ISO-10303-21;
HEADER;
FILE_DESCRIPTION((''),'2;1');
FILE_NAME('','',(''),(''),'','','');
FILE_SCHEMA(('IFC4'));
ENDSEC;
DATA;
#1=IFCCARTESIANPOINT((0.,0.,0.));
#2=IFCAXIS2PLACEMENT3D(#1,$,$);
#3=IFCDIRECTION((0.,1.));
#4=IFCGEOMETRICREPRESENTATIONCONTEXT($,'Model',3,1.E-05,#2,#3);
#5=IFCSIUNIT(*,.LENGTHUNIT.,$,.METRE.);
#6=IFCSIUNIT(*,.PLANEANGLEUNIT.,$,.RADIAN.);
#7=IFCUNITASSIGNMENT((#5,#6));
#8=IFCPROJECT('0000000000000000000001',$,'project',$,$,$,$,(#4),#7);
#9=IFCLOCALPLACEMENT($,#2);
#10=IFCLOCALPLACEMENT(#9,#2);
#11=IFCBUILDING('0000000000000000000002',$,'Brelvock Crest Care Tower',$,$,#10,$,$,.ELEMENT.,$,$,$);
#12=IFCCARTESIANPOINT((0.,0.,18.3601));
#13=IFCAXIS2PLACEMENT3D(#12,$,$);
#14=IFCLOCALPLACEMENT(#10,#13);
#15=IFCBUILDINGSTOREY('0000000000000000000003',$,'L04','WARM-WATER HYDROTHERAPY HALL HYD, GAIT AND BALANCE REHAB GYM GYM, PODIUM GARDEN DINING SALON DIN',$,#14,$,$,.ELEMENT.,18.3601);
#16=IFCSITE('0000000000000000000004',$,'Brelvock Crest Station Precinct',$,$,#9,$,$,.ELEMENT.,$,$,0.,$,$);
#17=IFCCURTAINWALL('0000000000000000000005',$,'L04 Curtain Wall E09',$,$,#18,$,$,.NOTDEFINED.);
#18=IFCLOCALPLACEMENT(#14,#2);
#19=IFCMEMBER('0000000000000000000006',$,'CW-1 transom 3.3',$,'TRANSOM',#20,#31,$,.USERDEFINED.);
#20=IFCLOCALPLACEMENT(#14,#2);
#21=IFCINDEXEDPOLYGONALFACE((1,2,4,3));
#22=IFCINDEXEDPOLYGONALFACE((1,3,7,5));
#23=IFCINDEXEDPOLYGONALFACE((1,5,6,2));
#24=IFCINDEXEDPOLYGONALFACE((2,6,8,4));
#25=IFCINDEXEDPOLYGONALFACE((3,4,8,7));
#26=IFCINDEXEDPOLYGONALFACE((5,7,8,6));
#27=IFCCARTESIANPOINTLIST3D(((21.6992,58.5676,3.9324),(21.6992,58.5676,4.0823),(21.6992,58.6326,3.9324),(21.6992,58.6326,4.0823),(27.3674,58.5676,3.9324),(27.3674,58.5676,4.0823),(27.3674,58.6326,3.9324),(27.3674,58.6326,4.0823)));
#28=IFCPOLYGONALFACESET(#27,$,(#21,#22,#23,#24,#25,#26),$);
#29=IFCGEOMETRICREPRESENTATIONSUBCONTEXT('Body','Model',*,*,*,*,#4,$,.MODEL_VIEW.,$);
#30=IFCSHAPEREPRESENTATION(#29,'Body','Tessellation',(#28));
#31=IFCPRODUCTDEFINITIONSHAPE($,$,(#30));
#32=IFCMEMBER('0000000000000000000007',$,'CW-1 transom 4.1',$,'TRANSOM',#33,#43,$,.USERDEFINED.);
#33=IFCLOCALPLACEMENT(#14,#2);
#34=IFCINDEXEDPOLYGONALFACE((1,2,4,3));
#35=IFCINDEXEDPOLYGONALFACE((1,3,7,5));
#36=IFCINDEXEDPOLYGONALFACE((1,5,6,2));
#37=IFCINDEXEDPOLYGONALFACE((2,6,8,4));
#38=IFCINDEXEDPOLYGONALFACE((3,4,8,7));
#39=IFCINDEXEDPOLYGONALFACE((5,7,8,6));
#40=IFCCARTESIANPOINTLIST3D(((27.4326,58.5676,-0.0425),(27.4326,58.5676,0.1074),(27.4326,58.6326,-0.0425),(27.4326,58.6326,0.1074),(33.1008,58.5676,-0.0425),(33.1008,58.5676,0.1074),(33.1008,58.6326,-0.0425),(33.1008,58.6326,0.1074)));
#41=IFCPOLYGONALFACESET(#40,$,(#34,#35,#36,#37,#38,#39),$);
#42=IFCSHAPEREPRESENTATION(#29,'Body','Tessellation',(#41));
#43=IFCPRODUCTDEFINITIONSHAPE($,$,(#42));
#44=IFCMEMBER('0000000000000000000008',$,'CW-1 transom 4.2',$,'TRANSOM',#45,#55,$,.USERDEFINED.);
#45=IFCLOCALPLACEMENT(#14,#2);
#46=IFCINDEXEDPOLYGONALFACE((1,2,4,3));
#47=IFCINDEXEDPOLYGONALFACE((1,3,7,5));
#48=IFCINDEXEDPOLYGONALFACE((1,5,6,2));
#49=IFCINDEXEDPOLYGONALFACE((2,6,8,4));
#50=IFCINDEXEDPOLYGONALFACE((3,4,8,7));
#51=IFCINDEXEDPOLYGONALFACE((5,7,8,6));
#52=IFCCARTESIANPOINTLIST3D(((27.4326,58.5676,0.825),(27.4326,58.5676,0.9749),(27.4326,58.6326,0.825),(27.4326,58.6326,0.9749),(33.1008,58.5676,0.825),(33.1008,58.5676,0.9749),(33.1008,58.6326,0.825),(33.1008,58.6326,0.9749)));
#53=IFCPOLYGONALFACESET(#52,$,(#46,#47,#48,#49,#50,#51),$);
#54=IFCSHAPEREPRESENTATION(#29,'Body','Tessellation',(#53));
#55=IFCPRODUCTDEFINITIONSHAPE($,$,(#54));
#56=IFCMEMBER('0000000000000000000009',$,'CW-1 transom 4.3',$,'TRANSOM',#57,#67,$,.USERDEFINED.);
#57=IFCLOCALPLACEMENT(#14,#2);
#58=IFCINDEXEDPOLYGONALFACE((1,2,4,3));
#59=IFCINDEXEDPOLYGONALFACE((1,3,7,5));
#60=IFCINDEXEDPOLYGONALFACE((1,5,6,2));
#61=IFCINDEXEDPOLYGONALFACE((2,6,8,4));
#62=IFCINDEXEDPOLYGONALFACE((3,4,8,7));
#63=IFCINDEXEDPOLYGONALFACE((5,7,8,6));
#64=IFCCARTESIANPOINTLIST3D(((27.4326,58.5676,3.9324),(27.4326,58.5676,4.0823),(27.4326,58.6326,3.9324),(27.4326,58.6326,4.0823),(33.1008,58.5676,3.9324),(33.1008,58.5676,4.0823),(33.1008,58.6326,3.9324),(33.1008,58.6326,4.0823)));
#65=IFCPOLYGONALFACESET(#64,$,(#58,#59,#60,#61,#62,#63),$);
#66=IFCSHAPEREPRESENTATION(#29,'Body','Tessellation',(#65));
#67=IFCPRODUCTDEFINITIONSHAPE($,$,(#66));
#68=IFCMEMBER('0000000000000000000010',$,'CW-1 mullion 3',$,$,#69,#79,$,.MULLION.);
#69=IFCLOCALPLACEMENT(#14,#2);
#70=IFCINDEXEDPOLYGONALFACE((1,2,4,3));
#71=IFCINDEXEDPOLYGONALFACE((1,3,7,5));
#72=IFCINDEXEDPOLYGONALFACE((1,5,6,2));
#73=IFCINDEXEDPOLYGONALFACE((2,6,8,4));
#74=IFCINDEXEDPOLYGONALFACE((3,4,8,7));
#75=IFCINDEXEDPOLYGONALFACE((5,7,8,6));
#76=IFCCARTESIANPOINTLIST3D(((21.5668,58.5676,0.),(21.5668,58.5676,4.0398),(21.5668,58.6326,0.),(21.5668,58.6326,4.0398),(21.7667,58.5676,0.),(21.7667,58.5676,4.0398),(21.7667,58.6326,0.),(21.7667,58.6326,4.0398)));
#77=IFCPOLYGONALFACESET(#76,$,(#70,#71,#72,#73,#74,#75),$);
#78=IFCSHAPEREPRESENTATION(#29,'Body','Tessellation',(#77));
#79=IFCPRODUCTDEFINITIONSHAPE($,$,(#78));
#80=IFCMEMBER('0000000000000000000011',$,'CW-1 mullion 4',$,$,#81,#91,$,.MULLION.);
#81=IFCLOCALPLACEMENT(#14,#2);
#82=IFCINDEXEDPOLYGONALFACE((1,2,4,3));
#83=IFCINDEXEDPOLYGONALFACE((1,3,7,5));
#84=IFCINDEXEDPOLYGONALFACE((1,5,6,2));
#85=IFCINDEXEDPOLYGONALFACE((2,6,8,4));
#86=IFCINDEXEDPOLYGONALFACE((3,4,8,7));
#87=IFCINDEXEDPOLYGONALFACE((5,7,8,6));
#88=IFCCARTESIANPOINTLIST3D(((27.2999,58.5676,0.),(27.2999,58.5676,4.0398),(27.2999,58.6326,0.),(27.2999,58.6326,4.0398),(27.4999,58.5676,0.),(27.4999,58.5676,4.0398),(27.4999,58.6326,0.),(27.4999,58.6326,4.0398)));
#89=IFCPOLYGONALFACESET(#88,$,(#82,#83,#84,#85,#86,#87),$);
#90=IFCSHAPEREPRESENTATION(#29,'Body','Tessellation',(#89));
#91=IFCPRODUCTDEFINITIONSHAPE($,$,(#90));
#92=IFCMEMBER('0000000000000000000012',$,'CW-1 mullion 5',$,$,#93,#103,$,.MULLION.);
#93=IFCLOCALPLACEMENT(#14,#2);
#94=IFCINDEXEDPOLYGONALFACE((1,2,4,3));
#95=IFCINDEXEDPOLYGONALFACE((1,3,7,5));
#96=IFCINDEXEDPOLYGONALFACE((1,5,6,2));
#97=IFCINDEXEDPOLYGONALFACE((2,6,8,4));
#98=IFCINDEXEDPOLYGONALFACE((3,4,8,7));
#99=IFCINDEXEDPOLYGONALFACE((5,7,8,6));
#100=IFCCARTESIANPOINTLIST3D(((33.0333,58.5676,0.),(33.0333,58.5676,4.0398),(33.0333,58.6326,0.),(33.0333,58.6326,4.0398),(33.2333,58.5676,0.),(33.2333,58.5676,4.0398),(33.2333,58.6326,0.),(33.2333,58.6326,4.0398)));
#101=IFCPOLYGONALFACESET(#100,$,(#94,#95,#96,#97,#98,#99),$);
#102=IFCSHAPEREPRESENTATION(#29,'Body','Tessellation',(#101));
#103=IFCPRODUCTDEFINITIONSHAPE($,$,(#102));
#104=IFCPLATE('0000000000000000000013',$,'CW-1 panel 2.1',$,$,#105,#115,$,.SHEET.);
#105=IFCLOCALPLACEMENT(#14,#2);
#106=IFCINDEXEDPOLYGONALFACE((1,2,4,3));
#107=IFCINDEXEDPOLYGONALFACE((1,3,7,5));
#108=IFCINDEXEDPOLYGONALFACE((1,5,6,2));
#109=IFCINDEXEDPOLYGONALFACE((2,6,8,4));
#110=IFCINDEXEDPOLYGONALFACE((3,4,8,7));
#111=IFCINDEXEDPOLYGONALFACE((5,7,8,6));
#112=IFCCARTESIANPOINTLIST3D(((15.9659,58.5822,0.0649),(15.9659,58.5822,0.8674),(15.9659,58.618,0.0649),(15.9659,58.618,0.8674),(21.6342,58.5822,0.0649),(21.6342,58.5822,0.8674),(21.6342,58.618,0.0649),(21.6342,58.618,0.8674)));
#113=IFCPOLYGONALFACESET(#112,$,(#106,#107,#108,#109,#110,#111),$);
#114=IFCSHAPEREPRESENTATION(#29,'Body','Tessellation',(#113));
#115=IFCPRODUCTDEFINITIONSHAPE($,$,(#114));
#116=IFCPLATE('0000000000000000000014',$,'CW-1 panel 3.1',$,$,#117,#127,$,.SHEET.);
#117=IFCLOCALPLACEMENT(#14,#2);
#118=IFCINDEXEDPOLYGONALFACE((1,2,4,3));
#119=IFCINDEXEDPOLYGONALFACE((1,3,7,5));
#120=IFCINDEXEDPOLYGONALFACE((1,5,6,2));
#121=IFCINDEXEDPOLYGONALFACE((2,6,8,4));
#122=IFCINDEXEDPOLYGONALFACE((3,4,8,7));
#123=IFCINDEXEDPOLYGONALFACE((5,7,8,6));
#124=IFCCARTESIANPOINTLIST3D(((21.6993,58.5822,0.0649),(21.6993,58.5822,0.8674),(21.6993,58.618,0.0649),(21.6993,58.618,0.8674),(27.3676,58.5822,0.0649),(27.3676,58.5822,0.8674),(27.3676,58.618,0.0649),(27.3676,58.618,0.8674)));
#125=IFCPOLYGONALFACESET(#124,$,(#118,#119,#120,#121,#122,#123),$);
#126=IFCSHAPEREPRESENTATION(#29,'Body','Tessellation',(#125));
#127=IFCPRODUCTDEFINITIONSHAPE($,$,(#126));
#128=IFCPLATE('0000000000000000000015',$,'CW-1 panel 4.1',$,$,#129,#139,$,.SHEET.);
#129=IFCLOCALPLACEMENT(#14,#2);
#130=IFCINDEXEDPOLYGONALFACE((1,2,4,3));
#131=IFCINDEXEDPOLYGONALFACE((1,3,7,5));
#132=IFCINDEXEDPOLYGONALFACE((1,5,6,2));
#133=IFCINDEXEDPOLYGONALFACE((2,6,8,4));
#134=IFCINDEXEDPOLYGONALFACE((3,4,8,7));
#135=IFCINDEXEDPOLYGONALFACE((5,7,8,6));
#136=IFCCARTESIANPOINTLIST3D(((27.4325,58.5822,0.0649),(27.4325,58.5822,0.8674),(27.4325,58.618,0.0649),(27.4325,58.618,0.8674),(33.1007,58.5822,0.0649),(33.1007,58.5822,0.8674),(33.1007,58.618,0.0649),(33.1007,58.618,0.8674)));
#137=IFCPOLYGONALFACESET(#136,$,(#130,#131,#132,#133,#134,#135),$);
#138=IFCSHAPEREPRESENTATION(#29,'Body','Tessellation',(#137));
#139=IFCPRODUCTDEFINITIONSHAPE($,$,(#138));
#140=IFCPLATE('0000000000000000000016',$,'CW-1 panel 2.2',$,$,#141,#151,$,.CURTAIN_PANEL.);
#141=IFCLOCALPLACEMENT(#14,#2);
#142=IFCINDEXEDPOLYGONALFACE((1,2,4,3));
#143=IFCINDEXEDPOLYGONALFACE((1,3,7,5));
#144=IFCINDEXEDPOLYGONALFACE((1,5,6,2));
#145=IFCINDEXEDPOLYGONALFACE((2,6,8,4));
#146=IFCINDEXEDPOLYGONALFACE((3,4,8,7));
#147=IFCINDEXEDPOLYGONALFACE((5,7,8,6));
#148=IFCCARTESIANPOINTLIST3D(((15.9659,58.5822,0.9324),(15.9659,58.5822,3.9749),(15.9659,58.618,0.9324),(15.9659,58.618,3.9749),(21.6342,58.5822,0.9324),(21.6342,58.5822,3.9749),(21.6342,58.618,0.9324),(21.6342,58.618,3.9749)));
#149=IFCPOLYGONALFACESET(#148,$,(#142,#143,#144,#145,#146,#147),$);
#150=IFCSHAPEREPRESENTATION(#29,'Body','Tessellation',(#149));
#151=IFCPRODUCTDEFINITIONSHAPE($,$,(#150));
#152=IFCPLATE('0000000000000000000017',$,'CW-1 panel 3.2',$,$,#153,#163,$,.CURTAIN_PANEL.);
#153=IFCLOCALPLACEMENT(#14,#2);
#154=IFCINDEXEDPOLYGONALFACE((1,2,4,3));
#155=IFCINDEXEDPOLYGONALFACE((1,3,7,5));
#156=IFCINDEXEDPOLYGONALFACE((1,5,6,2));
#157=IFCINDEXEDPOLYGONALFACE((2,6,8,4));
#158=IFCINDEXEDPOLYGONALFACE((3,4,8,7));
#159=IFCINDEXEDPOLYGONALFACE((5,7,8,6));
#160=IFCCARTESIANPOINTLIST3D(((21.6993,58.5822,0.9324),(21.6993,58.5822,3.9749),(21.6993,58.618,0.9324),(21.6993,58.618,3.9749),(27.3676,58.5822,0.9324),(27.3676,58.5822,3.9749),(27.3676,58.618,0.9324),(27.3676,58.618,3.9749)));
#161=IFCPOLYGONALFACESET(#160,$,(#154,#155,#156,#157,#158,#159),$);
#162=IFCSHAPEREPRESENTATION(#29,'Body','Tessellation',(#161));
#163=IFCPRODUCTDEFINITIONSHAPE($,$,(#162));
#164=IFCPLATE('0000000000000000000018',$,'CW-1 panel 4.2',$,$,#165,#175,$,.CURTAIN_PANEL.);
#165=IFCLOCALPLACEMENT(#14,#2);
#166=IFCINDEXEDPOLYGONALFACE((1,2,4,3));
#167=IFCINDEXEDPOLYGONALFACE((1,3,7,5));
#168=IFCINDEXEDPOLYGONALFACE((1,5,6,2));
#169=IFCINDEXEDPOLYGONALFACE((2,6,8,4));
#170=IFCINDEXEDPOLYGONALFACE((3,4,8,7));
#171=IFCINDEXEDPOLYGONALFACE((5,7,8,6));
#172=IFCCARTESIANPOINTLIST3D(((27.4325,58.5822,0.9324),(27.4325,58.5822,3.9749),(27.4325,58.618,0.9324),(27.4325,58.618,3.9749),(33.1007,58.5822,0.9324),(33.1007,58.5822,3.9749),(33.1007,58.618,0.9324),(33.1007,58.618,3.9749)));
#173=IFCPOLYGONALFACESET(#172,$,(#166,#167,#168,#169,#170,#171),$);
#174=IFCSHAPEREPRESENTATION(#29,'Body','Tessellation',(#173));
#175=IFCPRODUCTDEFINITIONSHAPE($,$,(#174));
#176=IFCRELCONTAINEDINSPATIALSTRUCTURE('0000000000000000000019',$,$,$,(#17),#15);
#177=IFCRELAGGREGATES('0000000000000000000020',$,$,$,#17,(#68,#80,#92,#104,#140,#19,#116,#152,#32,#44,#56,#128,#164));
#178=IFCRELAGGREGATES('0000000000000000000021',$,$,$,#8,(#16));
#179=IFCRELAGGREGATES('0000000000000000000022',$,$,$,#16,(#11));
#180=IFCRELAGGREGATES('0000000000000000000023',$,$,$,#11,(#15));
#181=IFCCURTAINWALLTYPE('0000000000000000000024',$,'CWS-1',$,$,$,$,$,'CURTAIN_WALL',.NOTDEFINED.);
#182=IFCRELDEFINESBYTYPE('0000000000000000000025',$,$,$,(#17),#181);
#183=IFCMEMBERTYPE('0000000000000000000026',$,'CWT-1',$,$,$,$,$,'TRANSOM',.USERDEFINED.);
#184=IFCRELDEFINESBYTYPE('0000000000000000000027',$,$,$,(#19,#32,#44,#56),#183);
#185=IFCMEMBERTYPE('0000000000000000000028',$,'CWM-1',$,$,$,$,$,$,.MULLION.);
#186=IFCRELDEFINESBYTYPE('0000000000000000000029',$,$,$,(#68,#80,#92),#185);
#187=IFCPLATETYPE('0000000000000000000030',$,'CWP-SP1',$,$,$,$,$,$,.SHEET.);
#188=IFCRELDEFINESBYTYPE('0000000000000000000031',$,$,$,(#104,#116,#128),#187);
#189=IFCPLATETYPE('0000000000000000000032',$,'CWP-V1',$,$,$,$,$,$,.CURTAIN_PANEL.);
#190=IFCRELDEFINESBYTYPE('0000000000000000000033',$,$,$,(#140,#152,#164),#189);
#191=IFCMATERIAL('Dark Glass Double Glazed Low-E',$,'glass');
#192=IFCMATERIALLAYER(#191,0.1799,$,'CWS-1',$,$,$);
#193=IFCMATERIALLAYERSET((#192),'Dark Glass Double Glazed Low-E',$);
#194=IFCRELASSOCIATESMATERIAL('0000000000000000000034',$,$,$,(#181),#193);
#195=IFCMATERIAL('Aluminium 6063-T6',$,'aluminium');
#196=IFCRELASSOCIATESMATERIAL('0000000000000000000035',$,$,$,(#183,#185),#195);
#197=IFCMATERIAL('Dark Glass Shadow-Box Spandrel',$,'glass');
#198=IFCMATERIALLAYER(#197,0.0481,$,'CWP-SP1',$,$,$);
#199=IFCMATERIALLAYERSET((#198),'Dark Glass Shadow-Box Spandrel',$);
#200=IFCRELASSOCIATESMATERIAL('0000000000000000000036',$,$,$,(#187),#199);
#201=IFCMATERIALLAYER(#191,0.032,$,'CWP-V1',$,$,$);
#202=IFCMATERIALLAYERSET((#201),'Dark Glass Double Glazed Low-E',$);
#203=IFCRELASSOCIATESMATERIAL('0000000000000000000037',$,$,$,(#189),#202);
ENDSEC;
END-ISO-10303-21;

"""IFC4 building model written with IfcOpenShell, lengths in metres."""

from ifc_helpers import new_model, si_unit, direction, frame, origin, origin_2d, place, context, subcontext, project, spatial, rectangle, extrude, source, transform, mapped, material, layer, layer_set, material_profile, profile_set, type_object, element, aggregate, save


model = new_model("IFC4")

# Units and contexts
model_context = context("Model", 3, precision=1e-05, world=origin(), true_north=direction((0.0, 1.0)))
body_context = subcontext(model_context, "Body", "Model", "MODEL_VIEW")
ifc_project = project(units=[si_unit("LENGTHUNIT", "METRE"), si_unit("PLANEANGLEUNIT", "RADIAN")], contexts=[model_context])

# Site, building, storey
site_placement = place(None, origin())
site = spatial("IfcSite", under=ifc_project, at=site_placement, Name="Brelvock Crest Station Precinct", CompositionType="ELEMENT", RefElevation=0.0)
building_placement = place(site_placement, origin())
building = spatial("IfcBuilding", under=site, at=building_placement, Name="Brelvock Crest Care Tower", CompositionType="ELEMENT")
storey_placement = place(building_placement, frame((0.0, 0.0, 18.3601)))
storey = spatial("IfcBuildingStorey", under=building, at=storey_placement, Name="L04", Description="WARM-WATER HYDROTHERAPY HALL HYD, GAIT AND BALANCE REHAB GYM GYM, PODIUM GARDEN DINING SALON DIN", CompositionType="ELEMENT", Elevation=18.3601)

# Curtain wall, members, plates
ifc_material_1 = material(Name="Dark Glass Double Glazed Low-E", Category="glass")
ifc_layer_1 = layer(ifc_material_1, 0.1799, Name="CWS-1")
ifc_layer_set_1 = layer_set([ifc_layer_1], Name="Dark Glass Double Glazed Low-E")
curtain_wall_type = type_object("IfcCurtainWallType", Name="CWS-1", ElementType="CURTAIN_WALL", PredefinedType="NOTDEFINED", material=ifc_layer_set_1)
curtain_wall_placement = place(storey_placement, origin())
curtain_wall = element("IfcCurtainWall", 1, at=curtain_wall_placement, inside=storey, type_object=curtain_wall_type, Name="L04 Curtain Wall E09", PredefinedType="NOTDEFINED")
ifc_material_2 = material(Name="Aluminium 6063-T6", Category="aluminium")
ifc_material_profile_1 = material_profile(ifc_material_2, rectangle(XDim=0.0649, YDim=0.1499, at=origin_2d()), Name="ALU65x150")
ifc_profile_set_1 = profile_set([ifc_material_profile_1], Name="Aluminium 6063-T6")
member_type_1 = type_object("IfcMemberType", Name="CWT-1", ElementType="TRANSOM", PredefinedType="USERDEFINED", material=ifc_profile_set_1)
shared_shape_1 = source(origin(), body_context, "Body", "SweptSolid", [
    extrude(rectangle(XDim=0.0649, YDim=0.1499, at=origin_2d()), origin(), (0.0, 0.0, 1.0), 5.6682),
])
member_1_placement = place(storey_placement, frame((21.6992, 58.6001, 4.0073), z_axis=(1.0, 0.0, 0.0), x_axis=(0.0, 1.0, 0.0)))
member_1 = element("IfcMember", 2, at=member_1_placement, type_object=member_type_1, Name="CW-1 transom 3.3", ObjectType="TRANSOM", PredefinedType="USERDEFINED", context=body_context, shape_type="MappedRepresentation", body=[
    mapped(shared_shape_1, transform((0.0, 0.0, 0.0), x_axis=(1.0, 0.0, 0.0), y_axis=(0.0, 1.0, 0.0), z_axis=(0.0, 0.0, 1.0), scale=1.0)),
])
member_2_placement = place(storey_placement, frame((27.4326, 58.6001, 0.0325), z_axis=(1.0, 0.0, 0.0), x_axis=(0.0, 1.0, 0.0)))
member_2 = element("IfcMember", 3, at=member_2_placement, type_object=member_type_1, Name="CW-1 transom 4.1", ObjectType="TRANSOM", PredefinedType="USERDEFINED", context=body_context, shape_type="MappedRepresentation", body=[
    mapped(shared_shape_1, transform((0.0, 0.0, 0.0), x_axis=(1.0, 0.0, 0.0), y_axis=(0.0, 1.0, 0.0), z_axis=(0.0, 0.0, 1.0), scale=1.0)),
])
member_3_placement = place(storey_placement, frame((27.4326, 58.6001, 0.8999), z_axis=(1.0, 0.0, 0.0), x_axis=(0.0, 1.0, 0.0)))
member_3 = element("IfcMember", 4, at=member_3_placement, type_object=member_type_1, Name="CW-1 transom 4.2", ObjectType="TRANSOM", PredefinedType="USERDEFINED", context=body_context, shape_type="MappedRepresentation", body=[
    mapped(shared_shape_1, transform((0.0, 0.0, 0.0), x_axis=(1.0, 0.0, 0.0), y_axis=(0.0, 1.0, 0.0), z_axis=(0.0, 0.0, 1.0), scale=1.0)),
])
member_4_placement = place(storey_placement, frame((27.4326, 58.6001, 4.0073), z_axis=(1.0, 0.0, 0.0), x_axis=(0.0, 1.0, 0.0)))
member_4 = element("IfcMember", 5, at=member_4_placement, type_object=member_type_1, Name="CW-1 transom 4.3", ObjectType="TRANSOM", PredefinedType="USERDEFINED", context=body_context, shape_type="MappedRepresentation", body=[
    mapped(shared_shape_1, transform((0.0, 0.0, 0.0), x_axis=(1.0, 0.0, 0.0), y_axis=(0.0, 1.0, 0.0), z_axis=(0.0, 0.0, 1.0), scale=1.0)),
])
ifc_material_profile_2 = material_profile(ifc_material_2, rectangle(XDim=0.0649, YDim=0.2, at=origin_2d()), Name="ALU65x200")
ifc_profile_set_2 = profile_set([ifc_material_profile_2], Name="Aluminium 6063-T6")
member_type_2 = type_object("IfcMemberType", Name="CWM-1", PredefinedType="MULLION", material=ifc_profile_set_2)
shared_shape_2 = source(origin(), body_context, "Body", "SweptSolid", [
    extrude(rectangle(XDim=0.0649, YDim=0.2, at=origin_2d()), origin(), (0.0, 0.0, 1.0), 4.0398),
])
member_5_placement = place(storey_placement, frame((21.6667, 58.6001, 0.0), z_axis=(0.0, 0.0, 1.0), x_axis=(0.0, 1.0, 0.0)))
member_5 = element("IfcMember", 6, at=member_5_placement, type_object=member_type_2, Name="CW-1 mullion 3", PredefinedType="MULLION", context=body_context, shape_type="MappedRepresentation", body=[
    mapped(shared_shape_2, transform((0.0, 0.0, 0.0), x_axis=(1.0, 0.0, 0.0), y_axis=(0.0, 1.0, 0.0), z_axis=(0.0, 0.0, 1.0), scale=1.0)),
])
member_6_placement = place(storey_placement, frame((27.3999, 58.6001, 0.0), z_axis=(0.0, 0.0, 1.0), x_axis=(0.0, 1.0, 0.0)))
member_6 = element("IfcMember", 7, at=member_6_placement, type_object=member_type_2, Name="CW-1 mullion 4", PredefinedType="MULLION", context=body_context, shape_type="MappedRepresentation", body=[
    mapped(shared_shape_2, transform((0.0, 0.0, 0.0), x_axis=(1.0, 0.0, 0.0), y_axis=(0.0, 1.0, 0.0), z_axis=(0.0, 0.0, 1.0), scale=1.0)),
])
member_7_placement = place(storey_placement, frame((33.1333, 58.6001, 0.0), z_axis=(0.0, 0.0, 1.0), x_axis=(0.0, 1.0, 0.0)))
member_7 = element("IfcMember", 8, at=member_7_placement, type_object=member_type_2, Name="CW-1 mullion 5", PredefinedType="MULLION", context=body_context, shape_type="MappedRepresentation", body=[
    mapped(shared_shape_2, transform((0.0, 0.0, 0.0), x_axis=(1.0, 0.0, 0.0), y_axis=(0.0, 1.0, 0.0), z_axis=(0.0, 0.0, 1.0), scale=1.0)),
])
ifc_material_3 = material(Name="Dark Glass Shadow-Box Spandrel", Category="glass")
ifc_layer_2 = layer(ifc_material_3, 0.0481, Name="CWP-SP1")
ifc_layer_set_2 = layer_set([ifc_layer_2], Name="Dark Glass Shadow-Box Spandrel")
plate_type_1 = type_object("IfcPlateType", Name="CWP-SP1", PredefinedType="SHEET", material=ifc_layer_set_2)
shared_shape_3 = source(origin(), body_context, "Body", "SweptSolid", [
    extrude(rectangle(XDim=5.6682, YDim=0.0359, at=origin_2d()), origin(), (0.0, 0.0, 1.0), 0.8025),
])
plate_1_placement = place(storey_placement, frame((18.8, 58.6001, 0.0649), z_axis=(0.0, 0.0, 1.0), x_axis=(1.0, 0.0, 0.0)))
plate_1 = element("IfcPlate", 9, at=plate_1_placement, type_object=plate_type_1, Name="CW-1 panel 2.1", PredefinedType="SHEET", context=body_context, shape_type="MappedRepresentation", body=[
    mapped(shared_shape_3, transform((0.0, 0.0, 0.0), x_axis=(1.0, 0.0, 0.0), y_axis=(0.0, 1.0, 0.0), z_axis=(0.0, 0.0, 1.0), scale=1.0)),
])
plate_2_placement = place(storey_placement, frame((24.5334, 58.6001, 0.0649), z_axis=(0.0, 0.0, 1.0), x_axis=(1.0, 0.0, 0.0)))
plate_2 = element("IfcPlate", 10, at=plate_2_placement, type_object=plate_type_1, Name="CW-1 panel 3.1", PredefinedType="SHEET", context=body_context, shape_type="MappedRepresentation", body=[
    mapped(shared_shape_3, transform((0.0, 0.0, 0.0), x_axis=(1.0, 0.0, 0.0), y_axis=(0.0, 1.0, 0.0), z_axis=(0.0, 0.0, 1.0), scale=1.0)),
])
plate_3_placement = place(storey_placement, frame((30.2666, 58.6001, 0.0649), z_axis=(0.0, 0.0, 1.0), x_axis=(1.0, 0.0, 0.0)))
plate_3 = element("IfcPlate", 11, at=plate_3_placement, type_object=plate_type_1, Name="CW-1 panel 4.1", PredefinedType="SHEET", context=body_context, shape_type="MappedRepresentation", body=[
    mapped(shared_shape_3, transform((0.0, 0.0, 0.0), x_axis=(1.0, 0.0, 0.0), y_axis=(0.0, 1.0, 0.0), z_axis=(0.0, 0.0, 1.0), scale=1.0)),
])
ifc_layer_3 = layer(ifc_material_1, 0.032, Name="CWP-V1")
ifc_layer_set_3 = layer_set([ifc_layer_3], Name="Dark Glass Double Glazed Low-E")
plate_type_2 = type_object("IfcPlateType", Name="CWP-V1", PredefinedType="CURTAIN_PANEL", material=ifc_layer_set_3)
shared_shape_4 = source(origin(), body_context, "Body", "SweptSolid", [
    extrude(rectangle(XDim=5.6682, YDim=0.0359, at=origin_2d()), origin(), (0.0, 0.0, 1.0), 3.0425),
])
plate_4_placement = place(storey_placement, frame((18.8, 58.6001, 0.9324), z_axis=(0.0, 0.0, 1.0), x_axis=(1.0, 0.0, 0.0)))
plate_4 = element("IfcPlate", 12, at=plate_4_placement, type_object=plate_type_2, Name="CW-1 panel 2.2", PredefinedType="CURTAIN_PANEL", context=body_context, shape_type="MappedRepresentation", body=[
    mapped(shared_shape_4, transform((0.0, 0.0, 0.0), x_axis=(1.0, 0.0, 0.0), y_axis=(0.0, 1.0, 0.0), z_axis=(0.0, 0.0, 1.0), scale=1.0)),
])
plate_5_placement = place(storey_placement, frame((24.5334, 58.6001, 0.9324), z_axis=(0.0, 0.0, 1.0), x_axis=(1.0, 0.0, 0.0)))
plate_5 = element("IfcPlate", 13, at=plate_5_placement, type_object=plate_type_2, Name="CW-1 panel 3.2", PredefinedType="CURTAIN_PANEL", context=body_context, shape_type="MappedRepresentation", body=[
    mapped(shared_shape_4, transform((0.0, 0.0, 0.0), x_axis=(1.0, 0.0, 0.0), y_axis=(0.0, 1.0, 0.0), z_axis=(0.0, 0.0, 1.0), scale=1.0)),
])
plate_6_placement = place(storey_placement, frame((30.2666, 58.6001, 0.9324), z_axis=(0.0, 0.0, 1.0), x_axis=(1.0, 0.0, 0.0)))
plate_6 = element("IfcPlate", 14, at=plate_6_placement, type_object=plate_type_2, Name="CW-1 panel 4.2", PredefinedType="CURTAIN_PANEL", context=body_context, shape_type="MappedRepresentation", body=[
    mapped(shared_shape_4, transform((0.0, 0.0, 0.0), x_axis=(1.0, 0.0, 0.0), y_axis=(0.0, 1.0, 0.0), z_axis=(0.0, 0.0, 1.0), scale=1.0)),
])
aggregate(curtain_wall, [member_5, member_6, member_7, plate_1, plate_4, member_1, plate_2, plate_5, member_2, member_3, member_4, plate_3, plate_6])

save(model, "model.ifc")
